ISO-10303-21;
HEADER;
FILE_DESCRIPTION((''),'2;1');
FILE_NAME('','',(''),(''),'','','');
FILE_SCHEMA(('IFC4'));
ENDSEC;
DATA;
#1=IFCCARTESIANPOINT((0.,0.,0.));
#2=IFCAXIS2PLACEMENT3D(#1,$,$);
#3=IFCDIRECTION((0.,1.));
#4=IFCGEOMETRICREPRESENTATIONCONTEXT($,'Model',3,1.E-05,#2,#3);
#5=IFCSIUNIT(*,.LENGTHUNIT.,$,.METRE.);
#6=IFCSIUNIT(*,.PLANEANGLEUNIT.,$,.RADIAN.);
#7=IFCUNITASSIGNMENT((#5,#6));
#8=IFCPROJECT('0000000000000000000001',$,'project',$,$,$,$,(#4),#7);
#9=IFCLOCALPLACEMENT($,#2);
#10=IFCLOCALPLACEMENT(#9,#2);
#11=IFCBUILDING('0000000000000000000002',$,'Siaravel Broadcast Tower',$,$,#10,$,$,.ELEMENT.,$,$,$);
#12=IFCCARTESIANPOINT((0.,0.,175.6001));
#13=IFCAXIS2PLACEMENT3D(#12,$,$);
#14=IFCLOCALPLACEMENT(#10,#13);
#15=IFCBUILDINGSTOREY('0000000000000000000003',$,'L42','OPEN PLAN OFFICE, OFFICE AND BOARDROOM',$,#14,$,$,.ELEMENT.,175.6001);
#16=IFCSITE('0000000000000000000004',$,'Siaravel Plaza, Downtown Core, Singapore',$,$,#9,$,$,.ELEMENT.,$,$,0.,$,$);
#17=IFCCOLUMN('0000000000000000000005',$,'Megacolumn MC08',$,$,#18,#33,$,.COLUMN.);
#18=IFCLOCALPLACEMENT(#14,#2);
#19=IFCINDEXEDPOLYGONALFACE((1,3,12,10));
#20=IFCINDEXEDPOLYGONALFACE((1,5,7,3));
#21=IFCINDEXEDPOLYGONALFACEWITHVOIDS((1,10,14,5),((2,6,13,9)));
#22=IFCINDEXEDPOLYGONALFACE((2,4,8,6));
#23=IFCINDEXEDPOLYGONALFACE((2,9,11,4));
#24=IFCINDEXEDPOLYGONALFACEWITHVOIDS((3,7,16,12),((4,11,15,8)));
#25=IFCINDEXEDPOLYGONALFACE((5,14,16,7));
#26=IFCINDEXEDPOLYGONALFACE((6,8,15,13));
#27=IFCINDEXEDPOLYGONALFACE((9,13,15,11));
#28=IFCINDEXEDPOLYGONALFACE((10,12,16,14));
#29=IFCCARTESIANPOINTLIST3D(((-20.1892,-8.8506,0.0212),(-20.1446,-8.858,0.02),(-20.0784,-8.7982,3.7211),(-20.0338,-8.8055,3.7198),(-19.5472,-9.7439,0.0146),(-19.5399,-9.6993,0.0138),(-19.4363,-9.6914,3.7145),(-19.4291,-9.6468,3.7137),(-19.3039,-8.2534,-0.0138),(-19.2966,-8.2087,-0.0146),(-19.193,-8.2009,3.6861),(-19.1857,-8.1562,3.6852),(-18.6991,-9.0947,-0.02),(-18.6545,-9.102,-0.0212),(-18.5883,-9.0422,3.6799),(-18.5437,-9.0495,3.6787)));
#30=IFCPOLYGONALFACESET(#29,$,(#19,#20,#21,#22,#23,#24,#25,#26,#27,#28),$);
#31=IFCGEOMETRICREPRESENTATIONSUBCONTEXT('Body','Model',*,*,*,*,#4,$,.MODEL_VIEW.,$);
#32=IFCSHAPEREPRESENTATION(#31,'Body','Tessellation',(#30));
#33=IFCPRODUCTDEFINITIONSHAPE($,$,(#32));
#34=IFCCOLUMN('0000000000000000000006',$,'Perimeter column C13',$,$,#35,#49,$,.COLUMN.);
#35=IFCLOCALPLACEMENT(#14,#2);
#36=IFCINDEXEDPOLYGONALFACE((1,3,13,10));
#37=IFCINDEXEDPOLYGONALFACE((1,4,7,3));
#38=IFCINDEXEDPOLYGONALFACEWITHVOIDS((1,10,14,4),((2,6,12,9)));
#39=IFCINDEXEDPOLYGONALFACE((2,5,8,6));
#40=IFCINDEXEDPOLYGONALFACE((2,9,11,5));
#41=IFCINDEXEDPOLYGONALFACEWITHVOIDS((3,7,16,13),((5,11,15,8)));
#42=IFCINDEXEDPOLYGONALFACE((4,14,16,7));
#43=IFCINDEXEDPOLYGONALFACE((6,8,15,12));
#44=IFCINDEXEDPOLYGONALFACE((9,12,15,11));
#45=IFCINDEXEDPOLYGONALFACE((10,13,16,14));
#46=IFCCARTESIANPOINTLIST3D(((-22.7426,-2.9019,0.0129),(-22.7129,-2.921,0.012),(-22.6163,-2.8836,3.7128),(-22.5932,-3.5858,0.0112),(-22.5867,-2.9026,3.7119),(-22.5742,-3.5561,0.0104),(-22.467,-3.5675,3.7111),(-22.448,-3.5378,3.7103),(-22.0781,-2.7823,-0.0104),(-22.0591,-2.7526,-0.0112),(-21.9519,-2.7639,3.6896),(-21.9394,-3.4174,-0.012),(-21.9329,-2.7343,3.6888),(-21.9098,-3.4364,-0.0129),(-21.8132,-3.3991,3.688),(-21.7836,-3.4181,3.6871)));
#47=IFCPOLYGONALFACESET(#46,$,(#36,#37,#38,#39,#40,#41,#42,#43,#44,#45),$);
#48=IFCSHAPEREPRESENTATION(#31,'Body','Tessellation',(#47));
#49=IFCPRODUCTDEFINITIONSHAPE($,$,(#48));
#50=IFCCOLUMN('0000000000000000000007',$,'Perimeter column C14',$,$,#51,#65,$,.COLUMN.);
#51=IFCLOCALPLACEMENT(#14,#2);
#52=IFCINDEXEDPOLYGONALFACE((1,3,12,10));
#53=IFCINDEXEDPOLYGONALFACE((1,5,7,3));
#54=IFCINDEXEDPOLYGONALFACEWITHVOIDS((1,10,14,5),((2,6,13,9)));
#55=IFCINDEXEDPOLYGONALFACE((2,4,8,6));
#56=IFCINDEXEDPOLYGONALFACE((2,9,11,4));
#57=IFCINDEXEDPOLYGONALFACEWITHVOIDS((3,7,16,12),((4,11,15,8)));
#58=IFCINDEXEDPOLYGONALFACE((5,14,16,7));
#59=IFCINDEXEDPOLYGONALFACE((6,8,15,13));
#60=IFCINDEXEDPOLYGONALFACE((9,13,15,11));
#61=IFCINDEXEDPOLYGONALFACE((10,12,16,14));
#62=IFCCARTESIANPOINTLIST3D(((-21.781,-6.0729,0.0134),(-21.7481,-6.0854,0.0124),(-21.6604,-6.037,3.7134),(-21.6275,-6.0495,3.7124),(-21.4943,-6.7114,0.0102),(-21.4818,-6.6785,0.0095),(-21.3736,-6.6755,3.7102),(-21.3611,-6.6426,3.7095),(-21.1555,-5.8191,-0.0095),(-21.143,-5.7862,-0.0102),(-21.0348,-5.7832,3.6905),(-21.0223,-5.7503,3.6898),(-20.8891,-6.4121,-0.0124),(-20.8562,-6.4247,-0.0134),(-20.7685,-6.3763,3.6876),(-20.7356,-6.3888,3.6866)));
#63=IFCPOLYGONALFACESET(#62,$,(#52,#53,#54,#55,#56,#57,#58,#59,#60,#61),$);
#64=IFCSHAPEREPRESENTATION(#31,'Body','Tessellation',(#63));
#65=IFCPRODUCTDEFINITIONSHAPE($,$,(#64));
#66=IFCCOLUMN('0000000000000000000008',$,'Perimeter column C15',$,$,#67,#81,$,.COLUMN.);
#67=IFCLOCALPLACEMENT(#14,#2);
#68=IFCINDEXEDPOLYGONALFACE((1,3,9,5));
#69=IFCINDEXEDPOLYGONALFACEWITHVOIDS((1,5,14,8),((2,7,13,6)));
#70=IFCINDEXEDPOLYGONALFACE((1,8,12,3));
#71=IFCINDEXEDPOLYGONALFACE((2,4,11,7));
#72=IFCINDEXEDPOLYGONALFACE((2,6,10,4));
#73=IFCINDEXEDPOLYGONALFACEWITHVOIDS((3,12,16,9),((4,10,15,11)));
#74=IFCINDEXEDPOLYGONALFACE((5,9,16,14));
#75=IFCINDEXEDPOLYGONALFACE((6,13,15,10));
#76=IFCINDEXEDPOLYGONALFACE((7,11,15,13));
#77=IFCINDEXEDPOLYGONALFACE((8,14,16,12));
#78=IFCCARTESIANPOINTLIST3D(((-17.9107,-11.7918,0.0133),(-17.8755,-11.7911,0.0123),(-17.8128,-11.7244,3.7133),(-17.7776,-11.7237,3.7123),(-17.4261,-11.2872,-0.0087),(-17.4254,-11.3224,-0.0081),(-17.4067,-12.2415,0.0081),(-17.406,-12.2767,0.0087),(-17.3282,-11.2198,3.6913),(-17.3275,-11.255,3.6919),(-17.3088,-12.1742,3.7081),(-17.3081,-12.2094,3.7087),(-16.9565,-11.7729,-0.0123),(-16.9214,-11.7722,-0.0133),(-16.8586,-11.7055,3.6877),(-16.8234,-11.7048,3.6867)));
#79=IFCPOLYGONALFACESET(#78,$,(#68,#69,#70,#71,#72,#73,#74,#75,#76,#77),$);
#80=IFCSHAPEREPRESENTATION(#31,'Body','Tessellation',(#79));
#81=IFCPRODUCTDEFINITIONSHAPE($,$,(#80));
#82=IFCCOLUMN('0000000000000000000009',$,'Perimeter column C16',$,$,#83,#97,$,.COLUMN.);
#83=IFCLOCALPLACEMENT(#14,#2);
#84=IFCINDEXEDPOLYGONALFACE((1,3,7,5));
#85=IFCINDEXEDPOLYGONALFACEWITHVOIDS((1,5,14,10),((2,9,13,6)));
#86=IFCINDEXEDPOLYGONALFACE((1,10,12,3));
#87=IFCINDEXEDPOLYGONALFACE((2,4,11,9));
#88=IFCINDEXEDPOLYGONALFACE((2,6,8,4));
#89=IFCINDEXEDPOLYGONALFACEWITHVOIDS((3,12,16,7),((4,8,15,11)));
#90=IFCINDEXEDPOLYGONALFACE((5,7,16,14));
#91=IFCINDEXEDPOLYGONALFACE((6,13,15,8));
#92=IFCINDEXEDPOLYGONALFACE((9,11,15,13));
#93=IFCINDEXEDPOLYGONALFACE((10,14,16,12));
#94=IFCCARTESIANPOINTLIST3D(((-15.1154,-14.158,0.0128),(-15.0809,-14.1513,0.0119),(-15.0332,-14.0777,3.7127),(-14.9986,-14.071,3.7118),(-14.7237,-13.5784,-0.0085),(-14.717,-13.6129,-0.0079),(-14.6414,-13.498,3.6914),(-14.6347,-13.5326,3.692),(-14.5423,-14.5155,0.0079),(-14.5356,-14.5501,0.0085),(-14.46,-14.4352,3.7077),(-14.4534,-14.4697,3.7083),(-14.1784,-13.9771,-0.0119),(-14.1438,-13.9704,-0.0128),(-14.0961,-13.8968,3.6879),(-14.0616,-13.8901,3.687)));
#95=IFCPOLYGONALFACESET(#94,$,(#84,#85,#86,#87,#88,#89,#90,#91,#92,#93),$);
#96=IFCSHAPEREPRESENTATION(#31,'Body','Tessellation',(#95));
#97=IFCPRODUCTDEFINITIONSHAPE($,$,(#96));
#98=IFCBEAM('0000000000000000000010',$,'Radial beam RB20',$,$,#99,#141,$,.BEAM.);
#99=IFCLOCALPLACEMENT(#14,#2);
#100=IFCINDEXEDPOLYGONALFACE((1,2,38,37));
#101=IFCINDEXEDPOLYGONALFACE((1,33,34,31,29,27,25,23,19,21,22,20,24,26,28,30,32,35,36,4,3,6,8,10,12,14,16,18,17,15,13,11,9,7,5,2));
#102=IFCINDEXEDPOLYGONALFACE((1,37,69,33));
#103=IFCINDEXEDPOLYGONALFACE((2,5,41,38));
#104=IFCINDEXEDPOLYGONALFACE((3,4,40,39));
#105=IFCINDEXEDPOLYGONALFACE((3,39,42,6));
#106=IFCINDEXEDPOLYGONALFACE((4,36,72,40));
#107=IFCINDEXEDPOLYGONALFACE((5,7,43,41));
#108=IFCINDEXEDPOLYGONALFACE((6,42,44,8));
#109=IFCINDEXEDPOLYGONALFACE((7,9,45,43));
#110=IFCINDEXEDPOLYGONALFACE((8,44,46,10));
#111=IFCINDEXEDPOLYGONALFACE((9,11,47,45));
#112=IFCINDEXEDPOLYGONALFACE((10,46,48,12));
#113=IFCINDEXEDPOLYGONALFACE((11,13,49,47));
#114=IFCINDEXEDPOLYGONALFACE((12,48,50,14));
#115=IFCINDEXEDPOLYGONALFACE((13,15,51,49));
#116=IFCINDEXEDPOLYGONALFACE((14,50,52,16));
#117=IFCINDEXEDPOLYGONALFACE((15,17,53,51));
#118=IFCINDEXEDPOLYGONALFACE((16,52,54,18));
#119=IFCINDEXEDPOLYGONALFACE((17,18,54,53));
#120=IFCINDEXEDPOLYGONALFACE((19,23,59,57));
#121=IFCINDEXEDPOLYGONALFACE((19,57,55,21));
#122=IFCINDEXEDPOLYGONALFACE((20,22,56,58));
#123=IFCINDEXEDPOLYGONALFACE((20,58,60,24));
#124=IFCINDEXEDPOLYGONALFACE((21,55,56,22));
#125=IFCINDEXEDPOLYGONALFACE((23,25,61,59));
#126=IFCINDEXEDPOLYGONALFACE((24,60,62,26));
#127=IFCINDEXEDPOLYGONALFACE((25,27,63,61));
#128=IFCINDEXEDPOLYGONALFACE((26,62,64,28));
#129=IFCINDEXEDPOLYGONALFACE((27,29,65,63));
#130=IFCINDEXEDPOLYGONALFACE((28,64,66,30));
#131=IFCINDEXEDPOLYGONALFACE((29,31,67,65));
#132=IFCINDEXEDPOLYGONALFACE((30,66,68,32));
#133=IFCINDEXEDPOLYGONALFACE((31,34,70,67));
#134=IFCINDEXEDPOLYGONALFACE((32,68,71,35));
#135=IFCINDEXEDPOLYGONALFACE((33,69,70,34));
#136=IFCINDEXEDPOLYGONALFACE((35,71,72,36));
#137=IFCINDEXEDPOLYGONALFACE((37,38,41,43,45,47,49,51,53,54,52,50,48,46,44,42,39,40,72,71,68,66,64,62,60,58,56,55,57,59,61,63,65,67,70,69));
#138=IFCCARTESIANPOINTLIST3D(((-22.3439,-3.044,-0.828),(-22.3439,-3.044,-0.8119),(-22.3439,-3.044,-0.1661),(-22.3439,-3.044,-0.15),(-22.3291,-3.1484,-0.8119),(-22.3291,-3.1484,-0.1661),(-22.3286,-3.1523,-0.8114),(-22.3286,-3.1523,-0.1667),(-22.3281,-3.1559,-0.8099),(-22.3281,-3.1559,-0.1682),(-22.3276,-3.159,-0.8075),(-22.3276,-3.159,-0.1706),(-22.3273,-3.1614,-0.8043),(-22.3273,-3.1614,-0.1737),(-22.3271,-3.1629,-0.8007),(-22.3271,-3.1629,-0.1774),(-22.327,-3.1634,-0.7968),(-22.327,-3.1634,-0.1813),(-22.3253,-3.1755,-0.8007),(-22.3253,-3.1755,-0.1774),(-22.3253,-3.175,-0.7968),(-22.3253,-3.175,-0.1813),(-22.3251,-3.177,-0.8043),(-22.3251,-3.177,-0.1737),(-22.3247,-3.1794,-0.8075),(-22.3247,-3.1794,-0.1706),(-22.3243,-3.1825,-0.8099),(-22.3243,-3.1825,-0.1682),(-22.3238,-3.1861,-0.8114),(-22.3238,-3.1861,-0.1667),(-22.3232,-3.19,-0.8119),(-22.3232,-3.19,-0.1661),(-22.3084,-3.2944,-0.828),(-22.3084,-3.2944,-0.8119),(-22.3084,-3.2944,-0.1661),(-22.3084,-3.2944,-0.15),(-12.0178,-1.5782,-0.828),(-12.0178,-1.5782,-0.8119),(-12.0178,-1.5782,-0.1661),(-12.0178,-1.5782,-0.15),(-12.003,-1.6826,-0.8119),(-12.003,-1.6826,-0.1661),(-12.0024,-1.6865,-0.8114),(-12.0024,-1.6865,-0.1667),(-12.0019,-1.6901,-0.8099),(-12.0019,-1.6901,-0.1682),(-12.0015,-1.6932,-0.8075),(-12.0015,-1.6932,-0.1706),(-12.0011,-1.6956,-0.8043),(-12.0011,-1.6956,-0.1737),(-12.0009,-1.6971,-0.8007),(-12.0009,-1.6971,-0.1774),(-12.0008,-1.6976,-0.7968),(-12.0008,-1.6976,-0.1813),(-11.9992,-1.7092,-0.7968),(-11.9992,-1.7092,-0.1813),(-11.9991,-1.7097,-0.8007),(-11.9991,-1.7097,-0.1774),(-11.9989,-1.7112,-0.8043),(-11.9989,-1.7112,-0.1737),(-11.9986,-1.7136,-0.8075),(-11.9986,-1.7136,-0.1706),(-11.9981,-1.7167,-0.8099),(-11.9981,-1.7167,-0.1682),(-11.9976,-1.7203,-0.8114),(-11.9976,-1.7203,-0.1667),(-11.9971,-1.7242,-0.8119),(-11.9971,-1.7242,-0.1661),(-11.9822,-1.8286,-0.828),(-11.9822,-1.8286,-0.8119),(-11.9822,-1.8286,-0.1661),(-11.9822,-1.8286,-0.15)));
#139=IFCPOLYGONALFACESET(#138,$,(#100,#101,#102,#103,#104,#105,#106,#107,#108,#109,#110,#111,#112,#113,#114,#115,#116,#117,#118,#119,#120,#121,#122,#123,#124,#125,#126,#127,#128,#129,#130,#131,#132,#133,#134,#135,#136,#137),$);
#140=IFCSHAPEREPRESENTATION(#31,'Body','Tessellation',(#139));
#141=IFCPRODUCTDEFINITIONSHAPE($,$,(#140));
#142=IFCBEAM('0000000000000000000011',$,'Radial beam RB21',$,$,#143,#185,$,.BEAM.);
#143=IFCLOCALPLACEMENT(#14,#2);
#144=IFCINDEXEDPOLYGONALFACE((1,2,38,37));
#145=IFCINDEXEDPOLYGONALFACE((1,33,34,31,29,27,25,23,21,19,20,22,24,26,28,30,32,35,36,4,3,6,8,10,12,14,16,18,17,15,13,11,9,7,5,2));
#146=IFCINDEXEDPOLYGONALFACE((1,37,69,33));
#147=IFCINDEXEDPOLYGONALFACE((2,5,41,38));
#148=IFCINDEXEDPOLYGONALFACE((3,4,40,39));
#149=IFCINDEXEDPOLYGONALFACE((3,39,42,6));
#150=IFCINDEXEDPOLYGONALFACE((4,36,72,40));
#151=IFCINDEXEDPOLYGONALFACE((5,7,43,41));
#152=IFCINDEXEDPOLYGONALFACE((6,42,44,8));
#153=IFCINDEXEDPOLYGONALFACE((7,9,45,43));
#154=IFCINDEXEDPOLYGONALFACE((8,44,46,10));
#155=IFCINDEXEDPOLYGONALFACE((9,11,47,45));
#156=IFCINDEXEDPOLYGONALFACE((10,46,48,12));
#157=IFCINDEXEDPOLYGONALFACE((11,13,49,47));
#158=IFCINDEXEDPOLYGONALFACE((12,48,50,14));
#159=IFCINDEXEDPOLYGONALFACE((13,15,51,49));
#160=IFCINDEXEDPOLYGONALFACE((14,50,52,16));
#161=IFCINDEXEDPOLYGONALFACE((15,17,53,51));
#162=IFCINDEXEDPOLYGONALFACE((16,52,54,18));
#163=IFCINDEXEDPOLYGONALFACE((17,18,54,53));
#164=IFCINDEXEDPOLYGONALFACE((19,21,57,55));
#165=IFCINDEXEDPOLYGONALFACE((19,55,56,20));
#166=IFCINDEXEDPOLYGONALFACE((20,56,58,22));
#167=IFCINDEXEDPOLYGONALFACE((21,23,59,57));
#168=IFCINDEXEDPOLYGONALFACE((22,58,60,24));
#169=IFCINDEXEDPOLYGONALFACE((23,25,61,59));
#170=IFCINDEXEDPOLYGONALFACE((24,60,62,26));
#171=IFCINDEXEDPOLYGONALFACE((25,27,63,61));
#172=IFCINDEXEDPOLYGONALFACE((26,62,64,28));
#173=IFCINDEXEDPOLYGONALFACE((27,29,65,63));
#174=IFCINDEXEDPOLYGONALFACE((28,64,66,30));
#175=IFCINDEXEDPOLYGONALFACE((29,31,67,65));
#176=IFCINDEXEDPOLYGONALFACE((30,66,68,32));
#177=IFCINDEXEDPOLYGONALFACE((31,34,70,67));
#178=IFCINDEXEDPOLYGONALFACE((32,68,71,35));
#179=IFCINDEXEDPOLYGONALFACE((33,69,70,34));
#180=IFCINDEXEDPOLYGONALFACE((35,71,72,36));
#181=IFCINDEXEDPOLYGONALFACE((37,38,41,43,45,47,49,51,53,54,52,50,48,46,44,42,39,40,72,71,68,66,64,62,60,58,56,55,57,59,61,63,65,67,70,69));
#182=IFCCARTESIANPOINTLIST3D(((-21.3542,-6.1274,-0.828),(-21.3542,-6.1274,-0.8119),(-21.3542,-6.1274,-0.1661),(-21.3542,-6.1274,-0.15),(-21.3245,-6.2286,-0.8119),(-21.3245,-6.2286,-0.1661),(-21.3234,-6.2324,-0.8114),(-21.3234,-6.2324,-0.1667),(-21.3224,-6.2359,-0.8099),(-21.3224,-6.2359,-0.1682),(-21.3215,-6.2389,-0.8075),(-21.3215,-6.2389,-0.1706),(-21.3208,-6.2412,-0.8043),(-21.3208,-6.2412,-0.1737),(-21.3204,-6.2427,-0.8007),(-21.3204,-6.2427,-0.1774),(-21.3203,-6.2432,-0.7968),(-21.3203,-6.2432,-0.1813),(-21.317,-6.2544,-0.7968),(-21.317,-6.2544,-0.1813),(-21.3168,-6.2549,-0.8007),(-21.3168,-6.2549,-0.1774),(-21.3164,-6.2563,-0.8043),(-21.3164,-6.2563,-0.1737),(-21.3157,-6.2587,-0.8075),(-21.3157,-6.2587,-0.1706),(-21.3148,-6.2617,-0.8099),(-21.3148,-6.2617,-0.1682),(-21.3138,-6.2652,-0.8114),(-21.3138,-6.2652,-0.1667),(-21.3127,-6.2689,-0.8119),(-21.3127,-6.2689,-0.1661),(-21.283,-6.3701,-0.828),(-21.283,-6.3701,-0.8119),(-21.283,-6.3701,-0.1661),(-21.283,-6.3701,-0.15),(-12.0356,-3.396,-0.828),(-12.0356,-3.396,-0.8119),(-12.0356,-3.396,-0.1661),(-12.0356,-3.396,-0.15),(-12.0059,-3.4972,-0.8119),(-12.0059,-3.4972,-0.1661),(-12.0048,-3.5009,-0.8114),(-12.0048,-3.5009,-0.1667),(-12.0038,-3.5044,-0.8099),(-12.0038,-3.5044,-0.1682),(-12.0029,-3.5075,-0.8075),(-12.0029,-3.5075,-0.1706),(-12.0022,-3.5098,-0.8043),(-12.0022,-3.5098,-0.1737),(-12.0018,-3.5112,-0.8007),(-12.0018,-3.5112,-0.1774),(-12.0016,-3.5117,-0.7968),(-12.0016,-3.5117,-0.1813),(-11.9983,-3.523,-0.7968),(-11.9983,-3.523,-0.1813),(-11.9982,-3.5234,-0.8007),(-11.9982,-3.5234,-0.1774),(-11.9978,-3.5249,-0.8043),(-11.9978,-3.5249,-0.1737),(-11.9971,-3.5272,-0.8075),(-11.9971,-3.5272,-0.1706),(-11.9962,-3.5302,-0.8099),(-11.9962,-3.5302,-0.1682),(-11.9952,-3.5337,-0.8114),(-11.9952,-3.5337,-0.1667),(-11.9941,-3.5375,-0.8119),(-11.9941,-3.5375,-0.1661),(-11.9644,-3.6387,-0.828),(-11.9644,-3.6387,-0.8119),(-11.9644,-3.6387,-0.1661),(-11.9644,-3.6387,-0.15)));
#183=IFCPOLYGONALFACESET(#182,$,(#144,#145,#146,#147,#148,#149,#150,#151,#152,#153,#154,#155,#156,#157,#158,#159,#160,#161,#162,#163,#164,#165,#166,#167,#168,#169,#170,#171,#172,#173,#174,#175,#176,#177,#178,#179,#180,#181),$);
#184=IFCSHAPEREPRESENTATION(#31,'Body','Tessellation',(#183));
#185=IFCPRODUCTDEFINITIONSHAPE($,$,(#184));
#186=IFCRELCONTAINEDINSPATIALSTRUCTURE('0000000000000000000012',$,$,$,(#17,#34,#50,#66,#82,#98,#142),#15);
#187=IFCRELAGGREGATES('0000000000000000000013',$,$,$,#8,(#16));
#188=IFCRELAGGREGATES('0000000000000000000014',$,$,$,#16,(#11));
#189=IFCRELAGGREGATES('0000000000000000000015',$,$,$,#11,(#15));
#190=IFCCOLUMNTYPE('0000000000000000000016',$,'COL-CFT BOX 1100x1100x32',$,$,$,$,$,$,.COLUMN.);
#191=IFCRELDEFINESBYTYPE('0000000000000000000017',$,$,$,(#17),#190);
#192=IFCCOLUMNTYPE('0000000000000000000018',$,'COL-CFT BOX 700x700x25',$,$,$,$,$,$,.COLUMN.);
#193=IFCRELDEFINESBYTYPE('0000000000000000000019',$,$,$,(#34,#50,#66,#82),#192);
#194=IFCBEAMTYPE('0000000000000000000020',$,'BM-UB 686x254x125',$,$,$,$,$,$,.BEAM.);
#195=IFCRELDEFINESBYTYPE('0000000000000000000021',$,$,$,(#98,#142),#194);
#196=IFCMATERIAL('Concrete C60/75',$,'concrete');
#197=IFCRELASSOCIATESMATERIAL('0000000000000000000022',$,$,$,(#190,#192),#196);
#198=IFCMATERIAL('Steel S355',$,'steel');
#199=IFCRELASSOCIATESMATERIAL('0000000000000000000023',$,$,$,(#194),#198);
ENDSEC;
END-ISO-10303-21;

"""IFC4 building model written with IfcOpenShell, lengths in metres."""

from ifc_helpers import new_model, si_unit, direction, frame, origin, origin_2d, place, context, subcontext, project, spatial, hollow_rectangle, i_section, extrude, material, material_profile, profile_set, type_object, element, save


model = new_model("IFC4")

# Units and contexts
model_context = context("Model", 3, precision=1e-05, world=origin(), true_north=direction((0.0, 1.0)))
body_context = subcontext(model_context, "Body", "Model", "MODEL_VIEW")
ifc_project = project(units=[si_unit("LENGTHUNIT", "METRE"), si_unit("PLANEANGLEUNIT", "RADIAN")], contexts=[model_context])

# Site, building, storey
site_placement = place(None, origin())
site = spatial("IfcSite", under=ifc_project, at=site_placement, Name="Siaravel Plaza, Downtown Core, Singapore", CompositionType="ELEMENT", RefElevation=0.0)
building_placement = place(site_placement, origin())
building = spatial("IfcBuilding", under=site, at=building_placement, Name="Siaravel Broadcast Tower", CompositionType="ELEMENT")
storey_placement = place(building_placement, frame((0.0, 0.0, 175.6001)))
storey = spatial("IfcBuildingStorey", under=building, at=storey_placement, Name="L42", Description="OPEN PLAN OFFICE, OFFICE AND BOARDROOM", CompositionType="ELEMENT", Elevation=175.6001)

# Columns
ifc_material_1 = material(Name="Concrete C60/75", Category="concrete")
ifc_material_profile_1 = material_profile(ifc_material_1, hollow_rectangle(XDim=1.1001, YDim=1.1001, WallThickness=0.032, at=origin_2d()))
ifc_profile_set_1 = profile_set([ifc_material_profile_1], Name="Concrete C60/75")
column_type_1 = type_object("IfcColumnType", Name="COL-CFT BOX 1100x1100x32", PredefinedType="COLUMN", material=ifc_profile_set_1)
column_1_placement = place(storey_placement, frame((-19.4219, -8.9763, 0.0), z_axis=(0.029941, 0.014179, 0.999451), x_axis=(-0.583647, 0.811986, 0.005965)))
element("IfcColumn", 1, at=column_1_placement, inside=storey, type_object=column_type_1, Name="Megacolumn MC08", PredefinedType="COLUMN", context=body_context, shape_type="SweptSolid", body=[
    extrude(hollow_rectangle(XDim=1.1001, YDim=1.1001, WallThickness=0.032, at=origin_2d()), origin(), (0.0, 0.0, 1.0), 3.7019),
])
ifc_material_profile_2 = material_profile(ifc_material_1, hollow_rectangle(XDim=0.7, YDim=0.7, WallThickness=0.0249, at=origin_2d()))
ifc_profile_set_2 = profile_set([ifc_material_profile_2], Name="Concrete C60/75")
column_type_2 = type_object("IfcColumnType", Name="COL-CFT BOX 700x700x25", PredefinedType="COLUMN", material=ifc_profile_set_2)
for number, where, z_axis, x_axis, name in (
    (2, (-22.3262, -3.1692, 0.0), (0.034094, 0.004946, 0.999406), (-0.213384, 0.976965, 0.002445), "Perimeter column C13"),
    (3, (-21.3186, -6.2488, 0.0), (0.032578, 0.009694, 0.999422), (-0.40973, 0.912196, 0.004508), "Perimeter column C14"),
):
    element("IfcColumn", number, at=place(storey_placement, frame(where, z_axis=z_axis, x_axis=x_axis)), inside=storey, type_object=column_type_2, Name=name, PredefinedType="COLUMN", context=body_context, shape_type="SweptSolid", body=[
        extrude(hollow_rectangle(XDim=0.7, YDim=0.7, WallThickness=0.0249, at=origin_2d()), origin(), (0.0, 0.0, 1.0), 3.7021),
    ])
column_2_placement = place(storey_placement, frame((-17.416, -11.782, 0.0), z_axis=(0.026446, 0.018202, 0.999484), x_axis=(-0.721081, 0.692821, 0.006462)))
element("IfcColumn", 4, at=column_2_placement, inside=storey, type_object=column_type_2, Name="Perimeter column C15", PredefinedType="COLUMN", context=body_context, shape_type="SweptSolid", body=[
    extrude(hollow_rectangle(XDim=0.7, YDim=0.7, WallThickness=0.0249, at=origin_2d()), origin(), (0.0, 0.0, 1.0), 3.7019),
])
column_3_placement = place(storey_placement, frame((-14.6296, -14.0642, 0.0), z_axis=(0.022226, 0.021699, 0.999517), x_axis=(-0.82837, 0.560146, 0.00626)))
element("IfcColumn", 5, at=column_3_placement, inside=storey, type_object=column_type_2, Name="Perimeter column C16", PredefinedType="COLUMN", context=body_context, shape_type="SweptSolid", body=[
    extrude(hollow_rectangle(XDim=0.7, YDim=0.7, WallThickness=0.0249, at=origin_2d()), origin(), (0.0, 0.0, 1.0), 3.7017),
])

# Beams
ifc_material_2 = material(Name="Steel S355", Category="steel")
ifc_material_profile_3 = material_profile(ifc_material_2, i_section(OverallWidth=0.2529, OverallDepth=0.678, WebThickness=0.0117, FlangeThickness=0.0161, FilletRadius=0.0151, at=origin_2d()))
ifc_profile_set_3 = profile_set([ifc_material_profile_3], Name="Steel S355")
beam_type = type_object("IfcBeamType", Name="BM-UB 686x254x125", PredefinedType="BEAM", material=ifc_profile_set_3)
beam_1_placement = place(storey_placement, frame((-22.3262, -3.1692, -0.489), z_axis=(0.990075, 0.140543, 0.0), x_axis=(-0.140543, 0.990075, 0.0)))
element("IfcBeam", 6, at=beam_1_placement, inside=storey, type_object=beam_type, Name="Radial beam RB20", PredefinedType="BEAM", context=body_context, shape_type="SweptSolid", body=[
    extrude(i_section(OverallWidth=0.2529, OverallDepth=0.678, WebThickness=0.0117, FlangeThickness=0.0161, FilletRadius=0.0151, at=origin_2d()), origin(), (0.0, 0.0, 1.0), 10.4297),
])
beam_2_placement = place(storey_placement, frame((-21.3186, -6.2488, -0.489), z_axis=(0.959625, 0.281283, 0.0), x_axis=(-0.281283, 0.959625, 0.0)))
element("IfcBeam", 7, at=beam_2_placement, inside=storey, type_object=beam_type, Name="Radial beam RB21", PredefinedType="BEAM", context=body_context, shape_type="SweptSolid", body=[
    extrude(i_section(OverallWidth=0.2529, OverallDepth=0.678, WebThickness=0.0117, FlangeThickness=0.0161, FilletRadius=0.0151, at=origin_2d()), origin(), (0.0, 0.0, 1.0), 9.7107),
])

save(model, "model.ifc")
